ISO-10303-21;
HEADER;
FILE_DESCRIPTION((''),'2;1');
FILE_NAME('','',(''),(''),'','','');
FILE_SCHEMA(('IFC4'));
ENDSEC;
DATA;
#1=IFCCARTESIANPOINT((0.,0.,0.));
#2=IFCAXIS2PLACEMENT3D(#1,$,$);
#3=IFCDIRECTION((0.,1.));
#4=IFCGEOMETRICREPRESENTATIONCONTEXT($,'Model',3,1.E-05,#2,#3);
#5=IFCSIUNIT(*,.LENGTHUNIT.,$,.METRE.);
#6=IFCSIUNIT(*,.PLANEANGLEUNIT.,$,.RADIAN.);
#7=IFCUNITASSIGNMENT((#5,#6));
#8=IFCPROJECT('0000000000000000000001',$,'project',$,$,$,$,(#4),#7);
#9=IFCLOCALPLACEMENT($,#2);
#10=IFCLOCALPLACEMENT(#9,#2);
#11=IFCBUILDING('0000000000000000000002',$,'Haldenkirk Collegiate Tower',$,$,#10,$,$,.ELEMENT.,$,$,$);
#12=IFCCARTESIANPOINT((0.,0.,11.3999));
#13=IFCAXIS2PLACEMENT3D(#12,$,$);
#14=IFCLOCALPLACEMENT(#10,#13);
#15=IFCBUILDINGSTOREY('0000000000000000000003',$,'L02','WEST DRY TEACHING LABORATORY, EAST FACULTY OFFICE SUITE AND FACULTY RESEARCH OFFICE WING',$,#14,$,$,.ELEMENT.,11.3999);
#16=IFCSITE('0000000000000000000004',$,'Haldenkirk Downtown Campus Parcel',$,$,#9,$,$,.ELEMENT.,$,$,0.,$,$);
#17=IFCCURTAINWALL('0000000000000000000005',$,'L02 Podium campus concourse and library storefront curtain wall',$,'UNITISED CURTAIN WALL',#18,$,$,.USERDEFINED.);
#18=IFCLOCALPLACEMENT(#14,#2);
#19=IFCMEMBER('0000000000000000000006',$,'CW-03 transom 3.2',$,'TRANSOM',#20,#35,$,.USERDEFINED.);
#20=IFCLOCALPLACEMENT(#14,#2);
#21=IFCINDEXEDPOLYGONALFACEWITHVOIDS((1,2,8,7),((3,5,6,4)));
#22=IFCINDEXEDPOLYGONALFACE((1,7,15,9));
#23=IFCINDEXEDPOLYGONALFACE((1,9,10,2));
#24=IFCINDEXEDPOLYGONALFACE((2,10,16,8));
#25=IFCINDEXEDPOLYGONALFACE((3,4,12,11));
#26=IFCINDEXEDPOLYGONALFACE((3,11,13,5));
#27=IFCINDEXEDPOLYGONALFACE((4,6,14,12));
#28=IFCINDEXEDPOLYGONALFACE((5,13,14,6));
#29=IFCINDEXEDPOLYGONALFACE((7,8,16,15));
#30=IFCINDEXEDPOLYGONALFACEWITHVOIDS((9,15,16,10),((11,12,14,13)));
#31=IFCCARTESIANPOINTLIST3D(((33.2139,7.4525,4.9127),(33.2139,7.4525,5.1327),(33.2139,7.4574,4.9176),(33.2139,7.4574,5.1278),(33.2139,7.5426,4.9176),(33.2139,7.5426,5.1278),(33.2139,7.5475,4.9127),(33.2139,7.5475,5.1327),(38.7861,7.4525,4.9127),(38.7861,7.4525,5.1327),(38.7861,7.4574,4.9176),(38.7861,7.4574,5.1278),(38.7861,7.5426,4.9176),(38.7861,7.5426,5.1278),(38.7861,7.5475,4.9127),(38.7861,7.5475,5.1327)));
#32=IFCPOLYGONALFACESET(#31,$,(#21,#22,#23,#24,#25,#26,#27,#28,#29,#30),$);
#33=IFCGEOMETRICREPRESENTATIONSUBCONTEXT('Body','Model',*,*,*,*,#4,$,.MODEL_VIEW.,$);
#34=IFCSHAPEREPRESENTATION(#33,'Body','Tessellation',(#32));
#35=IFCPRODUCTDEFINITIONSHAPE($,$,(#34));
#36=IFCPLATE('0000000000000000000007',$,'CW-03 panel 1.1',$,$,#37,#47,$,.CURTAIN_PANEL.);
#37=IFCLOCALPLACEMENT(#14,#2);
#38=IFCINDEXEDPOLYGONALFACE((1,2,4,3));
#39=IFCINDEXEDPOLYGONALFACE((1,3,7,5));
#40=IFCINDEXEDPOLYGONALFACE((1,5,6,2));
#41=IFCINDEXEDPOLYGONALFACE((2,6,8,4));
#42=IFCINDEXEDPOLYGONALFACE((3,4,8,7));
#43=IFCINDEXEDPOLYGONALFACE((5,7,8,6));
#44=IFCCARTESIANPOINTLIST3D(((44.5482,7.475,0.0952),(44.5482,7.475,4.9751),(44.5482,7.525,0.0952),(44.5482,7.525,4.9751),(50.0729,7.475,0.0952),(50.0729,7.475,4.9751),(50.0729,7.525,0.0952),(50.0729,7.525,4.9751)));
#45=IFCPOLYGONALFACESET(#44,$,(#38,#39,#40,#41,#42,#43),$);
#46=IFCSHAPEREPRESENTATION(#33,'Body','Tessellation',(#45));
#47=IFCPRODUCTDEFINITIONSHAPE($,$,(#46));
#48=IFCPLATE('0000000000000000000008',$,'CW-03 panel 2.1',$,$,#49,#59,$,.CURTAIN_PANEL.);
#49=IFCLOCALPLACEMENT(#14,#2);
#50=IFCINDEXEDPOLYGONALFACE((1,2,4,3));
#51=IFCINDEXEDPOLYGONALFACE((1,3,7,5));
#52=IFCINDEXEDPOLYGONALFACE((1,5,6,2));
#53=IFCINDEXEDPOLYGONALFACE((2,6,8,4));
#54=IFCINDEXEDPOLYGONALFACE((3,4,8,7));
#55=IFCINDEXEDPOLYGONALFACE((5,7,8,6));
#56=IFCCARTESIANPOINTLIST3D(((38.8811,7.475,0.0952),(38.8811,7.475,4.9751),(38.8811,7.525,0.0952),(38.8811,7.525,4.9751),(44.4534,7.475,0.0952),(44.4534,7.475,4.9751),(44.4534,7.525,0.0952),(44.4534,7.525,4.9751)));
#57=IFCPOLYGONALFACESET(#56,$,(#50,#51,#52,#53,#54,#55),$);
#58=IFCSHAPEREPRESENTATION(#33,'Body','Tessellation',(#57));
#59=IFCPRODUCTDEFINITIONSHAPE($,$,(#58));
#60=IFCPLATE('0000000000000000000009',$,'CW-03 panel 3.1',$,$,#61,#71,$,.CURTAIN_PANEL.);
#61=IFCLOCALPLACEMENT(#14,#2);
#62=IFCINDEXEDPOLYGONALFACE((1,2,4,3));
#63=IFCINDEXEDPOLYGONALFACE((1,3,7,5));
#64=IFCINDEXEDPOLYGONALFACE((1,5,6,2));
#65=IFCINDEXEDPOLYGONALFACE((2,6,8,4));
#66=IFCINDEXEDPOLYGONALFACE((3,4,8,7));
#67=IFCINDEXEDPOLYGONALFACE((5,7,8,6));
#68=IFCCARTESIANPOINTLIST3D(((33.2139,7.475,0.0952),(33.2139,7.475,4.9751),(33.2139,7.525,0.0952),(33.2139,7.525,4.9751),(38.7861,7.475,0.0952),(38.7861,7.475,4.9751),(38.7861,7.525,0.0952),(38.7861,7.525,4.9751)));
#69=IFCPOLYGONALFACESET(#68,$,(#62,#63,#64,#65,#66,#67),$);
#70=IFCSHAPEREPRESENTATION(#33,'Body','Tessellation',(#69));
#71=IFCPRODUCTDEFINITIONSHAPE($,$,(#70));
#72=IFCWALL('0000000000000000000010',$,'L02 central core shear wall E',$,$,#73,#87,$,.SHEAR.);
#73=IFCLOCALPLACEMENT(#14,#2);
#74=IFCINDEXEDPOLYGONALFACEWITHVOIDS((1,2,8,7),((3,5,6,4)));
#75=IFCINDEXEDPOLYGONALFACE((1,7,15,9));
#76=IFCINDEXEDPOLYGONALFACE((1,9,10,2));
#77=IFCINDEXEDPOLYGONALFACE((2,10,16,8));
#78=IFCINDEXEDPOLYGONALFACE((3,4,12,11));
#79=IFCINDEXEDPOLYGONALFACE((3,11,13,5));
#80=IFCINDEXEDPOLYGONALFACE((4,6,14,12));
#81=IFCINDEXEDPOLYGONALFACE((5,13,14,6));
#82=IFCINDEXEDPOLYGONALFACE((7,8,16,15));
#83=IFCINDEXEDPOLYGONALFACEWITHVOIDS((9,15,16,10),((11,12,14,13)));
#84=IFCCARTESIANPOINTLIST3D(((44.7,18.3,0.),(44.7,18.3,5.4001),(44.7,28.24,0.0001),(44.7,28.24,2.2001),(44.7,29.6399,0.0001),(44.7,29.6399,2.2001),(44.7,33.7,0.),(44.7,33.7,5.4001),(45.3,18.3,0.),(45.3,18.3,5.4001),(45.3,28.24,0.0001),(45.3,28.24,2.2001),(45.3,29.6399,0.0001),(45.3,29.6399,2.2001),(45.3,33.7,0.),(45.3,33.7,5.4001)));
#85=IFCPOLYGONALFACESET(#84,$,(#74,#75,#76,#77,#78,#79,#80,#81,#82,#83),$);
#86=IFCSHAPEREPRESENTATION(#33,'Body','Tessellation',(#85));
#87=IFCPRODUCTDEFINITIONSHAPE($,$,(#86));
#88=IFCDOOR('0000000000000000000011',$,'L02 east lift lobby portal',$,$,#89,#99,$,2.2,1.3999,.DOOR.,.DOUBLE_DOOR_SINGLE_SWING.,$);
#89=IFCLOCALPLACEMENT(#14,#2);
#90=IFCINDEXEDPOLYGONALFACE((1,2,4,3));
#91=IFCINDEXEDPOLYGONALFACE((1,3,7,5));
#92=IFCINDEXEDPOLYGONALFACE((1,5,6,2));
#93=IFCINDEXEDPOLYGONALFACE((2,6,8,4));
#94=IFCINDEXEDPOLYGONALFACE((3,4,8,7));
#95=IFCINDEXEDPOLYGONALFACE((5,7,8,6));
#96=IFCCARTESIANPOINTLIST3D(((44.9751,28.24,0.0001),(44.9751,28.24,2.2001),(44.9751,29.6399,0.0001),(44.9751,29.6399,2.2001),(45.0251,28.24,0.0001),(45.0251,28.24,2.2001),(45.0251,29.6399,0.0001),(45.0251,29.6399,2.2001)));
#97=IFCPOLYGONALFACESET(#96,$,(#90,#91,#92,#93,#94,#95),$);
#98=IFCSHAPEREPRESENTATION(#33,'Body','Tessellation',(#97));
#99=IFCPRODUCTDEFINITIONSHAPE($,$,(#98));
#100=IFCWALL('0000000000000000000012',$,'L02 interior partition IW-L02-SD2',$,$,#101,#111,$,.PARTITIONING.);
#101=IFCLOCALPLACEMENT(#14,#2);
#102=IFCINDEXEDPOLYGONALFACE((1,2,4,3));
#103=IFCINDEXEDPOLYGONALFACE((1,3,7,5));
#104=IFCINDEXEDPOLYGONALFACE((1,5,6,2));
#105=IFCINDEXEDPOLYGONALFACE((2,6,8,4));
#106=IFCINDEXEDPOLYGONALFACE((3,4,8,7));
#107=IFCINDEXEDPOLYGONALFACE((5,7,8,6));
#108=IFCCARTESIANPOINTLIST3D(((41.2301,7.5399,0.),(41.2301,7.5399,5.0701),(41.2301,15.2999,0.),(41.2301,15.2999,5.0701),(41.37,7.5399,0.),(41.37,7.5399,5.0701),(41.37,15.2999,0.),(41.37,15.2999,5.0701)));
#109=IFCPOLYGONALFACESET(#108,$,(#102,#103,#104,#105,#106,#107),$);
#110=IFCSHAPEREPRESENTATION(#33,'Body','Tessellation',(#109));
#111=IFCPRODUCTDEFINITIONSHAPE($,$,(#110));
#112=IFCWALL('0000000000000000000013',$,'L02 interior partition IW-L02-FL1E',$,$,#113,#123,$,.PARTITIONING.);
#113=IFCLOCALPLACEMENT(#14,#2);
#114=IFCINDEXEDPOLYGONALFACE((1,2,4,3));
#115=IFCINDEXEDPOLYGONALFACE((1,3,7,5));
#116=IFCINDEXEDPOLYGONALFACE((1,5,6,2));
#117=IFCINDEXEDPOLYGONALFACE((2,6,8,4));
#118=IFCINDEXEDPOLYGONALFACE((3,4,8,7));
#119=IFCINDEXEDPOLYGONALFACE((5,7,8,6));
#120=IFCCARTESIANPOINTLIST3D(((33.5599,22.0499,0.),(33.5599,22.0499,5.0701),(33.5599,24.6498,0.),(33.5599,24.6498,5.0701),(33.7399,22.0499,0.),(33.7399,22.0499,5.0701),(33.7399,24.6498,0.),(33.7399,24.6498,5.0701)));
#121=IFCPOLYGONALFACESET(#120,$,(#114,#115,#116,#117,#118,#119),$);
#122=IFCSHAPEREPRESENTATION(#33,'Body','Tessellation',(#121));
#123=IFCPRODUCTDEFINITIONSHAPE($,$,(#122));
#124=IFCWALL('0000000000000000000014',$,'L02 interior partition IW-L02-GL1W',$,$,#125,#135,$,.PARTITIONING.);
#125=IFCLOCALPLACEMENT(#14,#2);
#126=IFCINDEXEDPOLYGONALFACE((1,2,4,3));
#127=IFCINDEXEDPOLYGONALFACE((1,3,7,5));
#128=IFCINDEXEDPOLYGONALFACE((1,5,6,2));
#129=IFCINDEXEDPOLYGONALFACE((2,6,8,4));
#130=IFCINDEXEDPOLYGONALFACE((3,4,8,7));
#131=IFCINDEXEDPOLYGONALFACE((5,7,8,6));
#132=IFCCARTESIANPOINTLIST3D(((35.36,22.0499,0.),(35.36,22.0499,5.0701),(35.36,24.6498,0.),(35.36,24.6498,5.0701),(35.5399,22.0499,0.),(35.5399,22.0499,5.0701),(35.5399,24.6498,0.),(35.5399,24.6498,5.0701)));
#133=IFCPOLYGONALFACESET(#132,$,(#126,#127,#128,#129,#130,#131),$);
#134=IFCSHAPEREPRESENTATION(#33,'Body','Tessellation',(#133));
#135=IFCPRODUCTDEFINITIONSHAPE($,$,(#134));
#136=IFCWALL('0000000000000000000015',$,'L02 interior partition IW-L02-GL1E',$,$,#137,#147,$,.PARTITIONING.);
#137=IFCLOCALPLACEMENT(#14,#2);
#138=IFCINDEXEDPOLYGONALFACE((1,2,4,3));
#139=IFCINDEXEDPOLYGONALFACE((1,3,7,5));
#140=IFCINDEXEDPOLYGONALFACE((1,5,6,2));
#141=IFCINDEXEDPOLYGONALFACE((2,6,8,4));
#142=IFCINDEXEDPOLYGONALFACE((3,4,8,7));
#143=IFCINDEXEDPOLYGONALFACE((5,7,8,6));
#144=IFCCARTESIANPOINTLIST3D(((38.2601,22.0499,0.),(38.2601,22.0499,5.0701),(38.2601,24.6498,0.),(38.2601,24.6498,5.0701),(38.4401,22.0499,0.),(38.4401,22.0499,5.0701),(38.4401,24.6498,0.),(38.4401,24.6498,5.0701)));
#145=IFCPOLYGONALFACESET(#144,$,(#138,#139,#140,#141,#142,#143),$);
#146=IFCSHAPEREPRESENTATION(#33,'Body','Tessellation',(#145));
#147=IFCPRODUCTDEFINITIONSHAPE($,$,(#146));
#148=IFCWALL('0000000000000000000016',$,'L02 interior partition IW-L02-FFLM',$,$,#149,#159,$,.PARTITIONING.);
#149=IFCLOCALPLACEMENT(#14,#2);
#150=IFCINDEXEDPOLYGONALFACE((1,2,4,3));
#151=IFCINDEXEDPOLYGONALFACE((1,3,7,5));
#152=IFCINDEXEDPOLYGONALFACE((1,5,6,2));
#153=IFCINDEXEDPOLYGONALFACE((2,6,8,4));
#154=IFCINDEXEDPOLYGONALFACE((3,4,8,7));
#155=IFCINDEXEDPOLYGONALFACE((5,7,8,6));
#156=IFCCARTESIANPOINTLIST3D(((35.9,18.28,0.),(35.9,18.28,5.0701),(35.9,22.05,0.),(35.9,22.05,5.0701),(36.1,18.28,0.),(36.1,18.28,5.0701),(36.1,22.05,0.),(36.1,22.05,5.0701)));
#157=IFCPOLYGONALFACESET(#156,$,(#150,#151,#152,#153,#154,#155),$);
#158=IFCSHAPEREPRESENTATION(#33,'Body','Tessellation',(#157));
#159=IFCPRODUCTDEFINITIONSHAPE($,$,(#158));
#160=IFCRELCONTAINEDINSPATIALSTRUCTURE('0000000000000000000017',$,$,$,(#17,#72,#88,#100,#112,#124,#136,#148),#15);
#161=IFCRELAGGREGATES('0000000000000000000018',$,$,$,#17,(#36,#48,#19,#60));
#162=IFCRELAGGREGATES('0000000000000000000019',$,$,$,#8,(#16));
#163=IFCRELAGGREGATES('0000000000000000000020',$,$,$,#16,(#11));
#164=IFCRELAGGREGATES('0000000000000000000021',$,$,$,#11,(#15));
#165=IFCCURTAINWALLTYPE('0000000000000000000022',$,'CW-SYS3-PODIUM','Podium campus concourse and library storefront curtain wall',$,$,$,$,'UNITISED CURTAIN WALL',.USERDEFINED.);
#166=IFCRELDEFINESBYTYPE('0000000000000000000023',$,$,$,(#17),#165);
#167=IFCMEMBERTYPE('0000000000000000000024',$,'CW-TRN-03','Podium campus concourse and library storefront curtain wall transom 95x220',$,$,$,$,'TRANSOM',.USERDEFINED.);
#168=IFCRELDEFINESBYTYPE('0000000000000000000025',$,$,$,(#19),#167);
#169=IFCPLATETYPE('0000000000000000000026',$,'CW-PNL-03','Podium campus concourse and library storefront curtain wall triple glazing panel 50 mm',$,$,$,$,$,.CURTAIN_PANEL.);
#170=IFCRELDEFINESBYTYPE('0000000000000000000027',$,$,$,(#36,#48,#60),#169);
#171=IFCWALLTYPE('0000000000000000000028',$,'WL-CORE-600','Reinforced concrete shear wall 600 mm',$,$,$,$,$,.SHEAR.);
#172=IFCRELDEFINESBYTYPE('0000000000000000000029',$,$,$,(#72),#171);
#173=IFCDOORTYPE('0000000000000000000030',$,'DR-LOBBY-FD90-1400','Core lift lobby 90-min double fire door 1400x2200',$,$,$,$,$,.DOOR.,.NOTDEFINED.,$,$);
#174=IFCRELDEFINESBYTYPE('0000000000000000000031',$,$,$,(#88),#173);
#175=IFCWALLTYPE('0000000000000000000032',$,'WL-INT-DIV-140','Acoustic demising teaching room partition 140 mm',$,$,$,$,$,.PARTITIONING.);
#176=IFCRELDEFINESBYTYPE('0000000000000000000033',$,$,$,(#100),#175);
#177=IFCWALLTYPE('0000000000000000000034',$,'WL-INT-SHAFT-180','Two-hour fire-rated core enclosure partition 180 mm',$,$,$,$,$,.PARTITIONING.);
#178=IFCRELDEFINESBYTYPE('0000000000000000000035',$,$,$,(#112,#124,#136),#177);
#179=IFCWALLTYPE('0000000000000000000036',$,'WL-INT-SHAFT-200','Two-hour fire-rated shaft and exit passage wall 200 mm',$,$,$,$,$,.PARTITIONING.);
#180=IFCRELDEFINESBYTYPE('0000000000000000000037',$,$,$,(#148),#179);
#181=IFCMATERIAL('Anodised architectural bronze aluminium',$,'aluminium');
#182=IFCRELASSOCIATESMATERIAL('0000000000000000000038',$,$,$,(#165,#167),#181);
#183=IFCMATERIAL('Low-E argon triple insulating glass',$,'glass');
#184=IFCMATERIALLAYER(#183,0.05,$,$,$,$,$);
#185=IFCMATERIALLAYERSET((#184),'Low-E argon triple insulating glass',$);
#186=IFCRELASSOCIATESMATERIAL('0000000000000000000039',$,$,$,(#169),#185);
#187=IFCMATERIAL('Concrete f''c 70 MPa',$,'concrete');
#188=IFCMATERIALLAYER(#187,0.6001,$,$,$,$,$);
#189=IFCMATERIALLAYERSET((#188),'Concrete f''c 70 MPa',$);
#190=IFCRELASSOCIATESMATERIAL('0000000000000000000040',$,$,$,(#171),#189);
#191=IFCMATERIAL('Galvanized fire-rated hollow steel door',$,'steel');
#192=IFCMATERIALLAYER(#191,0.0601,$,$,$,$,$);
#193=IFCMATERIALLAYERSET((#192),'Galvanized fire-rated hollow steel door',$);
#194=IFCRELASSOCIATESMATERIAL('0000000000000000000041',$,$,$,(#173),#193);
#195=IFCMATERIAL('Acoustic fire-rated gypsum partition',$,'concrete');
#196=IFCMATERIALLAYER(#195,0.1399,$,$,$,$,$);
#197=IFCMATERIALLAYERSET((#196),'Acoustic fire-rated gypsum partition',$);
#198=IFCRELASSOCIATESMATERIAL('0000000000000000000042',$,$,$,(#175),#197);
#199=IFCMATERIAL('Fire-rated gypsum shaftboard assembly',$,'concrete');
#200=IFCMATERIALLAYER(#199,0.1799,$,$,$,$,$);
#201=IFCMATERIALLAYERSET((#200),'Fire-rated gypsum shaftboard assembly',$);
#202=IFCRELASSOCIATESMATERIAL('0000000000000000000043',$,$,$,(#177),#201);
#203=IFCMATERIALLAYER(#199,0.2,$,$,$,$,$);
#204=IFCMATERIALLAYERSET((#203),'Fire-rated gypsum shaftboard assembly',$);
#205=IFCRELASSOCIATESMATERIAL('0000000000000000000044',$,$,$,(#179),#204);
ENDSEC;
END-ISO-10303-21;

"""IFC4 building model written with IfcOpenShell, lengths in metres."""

from ifc_helpers import new_model, si_unit, direction, frame, frame_2d, origin, origin_2d, place, context, subcontext, project, spatial, rectangle, hollow_rectangle, extrude, source, transform, mapped, material, layer, layer_set, material_profile, profile_set, type_object, element, fill, aggregate, save


model = new_model("IFC4")

# Units and contexts
model_context = context("Model", 3, precision=1e-05, world=origin(), true_north=direction((0.0, 1.0)))
body_context = subcontext(model_context, "Body", "Model", "MODEL_VIEW")
ifc_project = project(units=[si_unit("LENGTHUNIT", "METRE"), si_unit("PLANEANGLEUNIT", "RADIAN")], contexts=[model_context])

# Site, building, storey
site_placement = place(None, origin())
site = spatial("IfcSite", under=ifc_project, at=site_placement, Name="Haldenkirk Downtown Campus Parcel", CompositionType="ELEMENT", RefElevation=0.0)
building_placement = place(site_placement, origin())
building = spatial("IfcBuilding", under=site, at=building_placement, Name="Haldenkirk Collegiate Tower", CompositionType="ELEMENT")
storey_placement = place(building_placement, frame((0.0, 0.0, 11.3999)))
storey = spatial("IfcBuildingStorey", under=building, at=storey_placement, Name="L02", Description="WEST DRY TEACHING LABORATORY, EAST FACULTY OFFICE SUITE AND FACULTY RESEARCH OFFICE WING", CompositionType="ELEMENT", Elevation=11.3999)

# Curtain wall, member, plates
ifc_material_1 = material(Name="Anodised architectural bronze aluminium", Category="aluminium")
curtain_wall_type = type_object("IfcCurtainWallType", Name="CW-SYS3-PODIUM", Description="Podium campus concourse and library storefront curtain wall", ElementType="UNITISED CURTAIN WALL", PredefinedType="USERDEFINED", material=ifc_material_1)
curtain_wall_placement = place(storey_placement, origin())
curtain_wall = element("IfcCurtainWall", 1, at=curtain_wall_placement, inside=storey, type_object=curtain_wall_type, Name="L02 Podium campus concourse and library storefront curtain wall", ObjectType="UNITISED CURTAIN WALL", PredefinedType="USERDEFINED")
ifc_material_profile_1 = material_profile(ifc_material_1, hollow_rectangle(XDim=0.095, YDim=0.22, WallThickness=0.0049, at=origin_2d()), Name="CW-TRN-03")
ifc_profile_set_1 = profile_set([ifc_material_profile_1], Name="Anodised architectural bronze aluminium")
member_type_1 = type_object("IfcMemberType", Name="CW-TRN-03", Description="Podium campus concourse and library storefront curtain wall transom 95x220", ElementType="TRANSOM", PredefinedType="USERDEFINED", material=ifc_profile_set_1)
member_1_placement = place(storey_placement, frame((38.7861, 7.5, 5.0227), z_axis=(-1.0, 0.0, 0.0), x_axis=(0.0, -1.0, 0.0)))
member_1 = element("IfcMember", 2, at=member_1_placement, type_object=member_type_1, Name="CW-03 transom 3.2", ObjectType="TRANSOM", PredefinedType="USERDEFINED", context=body_context, shape_type="SweptSolid", body=[
    extrude(hollow_rectangle(XDim=0.095, YDim=0.22, WallThickness=0.0049, at=origin_2d()), origin(), (0.0, 0.0, 1.0), 5.5723),
])
ifc_material_2 = material(Name="Low-E argon triple insulating glass", Category="glass")
ifc_layer_1 = layer(ifc_material_2, 0.05)
ifc_layer_set_1 = layer_set([ifc_layer_1], Name="Low-E argon triple insulating glass")
plate_type = type_object("IfcPlateType", Name="CW-PNL-03", Description="Podium campus concourse and library storefront curtain wall triple glazing panel 50 mm", PredefinedType="CURTAIN_PANEL", material=ifc_layer_set_1)
shared_shape_1 = source(origin(), body_context, "Body", "SweptSolid", [
    extrude(rectangle(XDim=5.5247, YDim=0.05, at=origin_2d()), origin(), (0.0, 0.0, 1.0), 4.8799),
])
plate_1_placement = place(storey_placement, frame((47.3105, 7.5, 0.0952), z_axis=(0.0, 0.0, 1.0), x_axis=(-1.0, 0.0, 0.0)))
plate_1 = element("IfcPlate", 3, at=plate_1_placement, type_object=plate_type, Name="CW-03 panel 1.1", PredefinedType="CURTAIN_PANEL", context=body_context, shape_type="MappedRepresentation", body=[
    mapped(shared_shape_1, transform((0.0, 0.0, 0.0), x_axis=(1.0, 0.0, 0.0), y_axis=(0.0, 1.0, 0.0), z_axis=(0.0, 0.0, 1.0), scale=1.0)),
])
shared_shape_2 = source(origin(), body_context, "Body", "SweptSolid", [
    extrude(rectangle(XDim=5.5723, YDim=0.05, at=origin_2d()), origin(), (0.0, 0.0, 1.0), 4.8799),
])
plate_2_placement = place(storey_placement, frame((41.6672, 7.5, 0.0952), z_axis=(0.0, 0.0, 1.0), x_axis=(-1.0, 0.0, 0.0)))
plate_2 = element("IfcPlate", 4, at=plate_2_placement, type_object=plate_type, Name="CW-03 panel 2.1", PredefinedType="CURTAIN_PANEL", context=body_context, shape_type="MappedRepresentation", body=[
    mapped(shared_shape_2, transform((0.0, 0.0, 0.0), x_axis=(1.0, 0.0, 0.0), y_axis=(0.0, 1.0, 0.0), z_axis=(0.0, 0.0, 1.0), scale=1.0)),
])
plate_3_placement = place(storey_placement, frame((36.0, 7.5, 0.0952), z_axis=(0.0, 0.0, 1.0), x_axis=(-1.0, 0.0, 0.0)))
plate_3 = element("IfcPlate", 5, at=plate_3_placement, type_object=plate_type, Name="CW-03 panel 3.1", PredefinedType="CURTAIN_PANEL", context=body_context, shape_type="MappedRepresentation", body=[
    mapped(shared_shape_2, transform((0.0, 0.0, 0.0), x_axis=(1.0, 0.0, 0.0), y_axis=(0.0, 1.0, 0.0), z_axis=(0.0, 0.0, 1.0), scale=1.0)),
])
aggregate(curtain_wall, [plate_1, plate_2, member_1, plate_3])

# Wall, opening, door
ifc_material_3 = material(Name="Concrete f'c 70 MPa", Category="concrete")
ifc_layer_2 = layer(ifc_material_3, 0.6001)
ifc_layer_set_2 = layer_set([ifc_layer_2], Name="Concrete f'c 70 MPa")
wall_type_1 = type_object("IfcWallType", Name="WL-CORE-600", Description="Reinforced concrete shear wall 600 mm", PredefinedType="SHEAR", material=ifc_layer_set_2)
wall_1_placement = place(storey_placement, frame((45.0, 18.3, 0.0), z_axis=(0.0, 0.0, 1.0), x_axis=(0.0, 1.0, 0.0)))
wall_1 = element("IfcWall", 6, at=wall_1_placement, inside=storey, type_object=wall_type_1, Name="L02 central core shear wall E", PredefinedType="SHEAR", context=body_context, shape_type="SweptSolid", body=[
    extrude(rectangle(XDim=15.3999, YDim=0.6001, at=frame_2d((7.7, 0.0))), origin(), (0.0, 0.0, 1.0), 5.4001),
])
opening_1_placement = place(wall_1_placement, frame((9.9399, 0.0, 0.0)))
opening_1 = element("IfcOpeningElement", 7, at=opening_1_placement, cuts=wall_1, PredefinedType="OPENING", context=body_context, shape_type="SweptSolid", body=[
    extrude(rectangle(XDim=1.3999, YDim=2.2, at=frame_2d((0.7, 1.1001))), frame((0.0, 0.3101, 0.0), z_axis=(0.0, -1.0, 0.0), x_axis=(1.0, 0.0, 0.0)), (0.0, 0.0, 1.0), 0.6201),
])
ifc_material_4 = material(Name="Galvanized fire-rated hollow steel door", Category="steel")
ifc_layer_3 = layer(ifc_material_4, 0.0601)
ifc_layer_set_3 = layer_set([ifc_layer_3], Name="Galvanized fire-rated hollow steel door")
door_type_1 = type_object("IfcDoorType", Name="DR-LOBBY-FD90-1400", Description="Core lift lobby 90-min double fire door 1400x2200", OperationType="NOTDEFINED", PredefinedType="DOOR", material=ifc_layer_set_3)
door_1_placement = place(opening_1_placement, origin())
door_1 = element("IfcDoor", 8, at=door_1_placement, inside=storey, type_object=door_type_1, Name="L02 east lift lobby portal", OperationType="DOUBLE_DOOR_SINGLE_SWING", OverallHeight=2.2, OverallWidth=1.3999, PredefinedType="DOOR", context=body_context, shape_type="SweptSolid", body=[
    extrude(rectangle(XDim=1.3999, YDim=2.2, at=frame_2d((0.7, 1.1001))), frame((0.0, 0.0249, 0.0), z_axis=(0.0, -1.0, 0.0), x_axis=(1.0, 0.0, 0.0)), (0.0, 0.0, 1.0), 0.05),
])
fill(opening_1, door_1)

# Walls
ifc_material_5 = material(Name="Acoustic fire-rated gypsum partition", Category="concrete")
ifc_layer_4 = layer(ifc_material_5, 0.1399)
ifc_layer_set_4 = layer_set([ifc_layer_4], Name="Acoustic fire-rated gypsum partition")
wall_type_2 = type_object("IfcWallType", Name="WL-INT-DIV-140", Description="Acoustic demising teaching room partition 140 mm", PredefinedType="PARTITIONING", material=ifc_layer_set_4)
wall_2_placement = place(storey_placement, frame((41.3, 7.54, 0.0), z_axis=(0.0, 0.0, 1.0), x_axis=(0.0, 1.0, 0.0)))
element("IfcWall", 9, at=wall_2_placement, inside=storey, type_object=wall_type_2, Name="L02 interior partition IW-L02-SD2", PredefinedType="PARTITIONING", context=body_context, shape_type="SweptSolid", body=[
    extrude(rectangle(XDim=7.76, YDim=0.1399, at=frame_2d((3.8799, 0.0))), origin(), (0.0, 0.0, 1.0), 5.0701),
])
ifc_material_6 = material(Name="Fire-rated gypsum shaftboard assembly", Category="concrete")
ifc_layer_5 = layer(ifc_material_6, 0.1799)
ifc_layer_set_5 = layer_set([ifc_layer_5], Name="Fire-rated gypsum shaftboard assembly")
wall_type_3 = type_object("IfcWallType", Name="WL-INT-SHAFT-180", Description="Two-hour fire-rated core enclosure partition 180 mm", PredefinedType="PARTITIONING", material=ifc_layer_set_5)
for number, where, z_axis, x_axis, name in (
    (10, (33.6499, 22.05, 0.0), (0.0, 0.0, 1.0), (0.0, 1.0, 0.0), "L02 interior partition IW-L02-FL1E"),
    (11, (35.45, 22.05, 0.0), (0.0, 0.0, 1.0), (0.0, 1.0, 0.0), "L02 interior partition IW-L02-GL1W"),
    (12, (38.3501, 22.05, 0.0), (0.0, 0.0, 1.0), (0.0, 1.0, 0.0), "L02 interior partition IW-L02-GL1E"),
):
    element("IfcWall", number, at=place(storey_placement, frame(where, z_axis=z_axis, x_axis=x_axis)), inside=storey, type_object=wall_type_3, Name=name, PredefinedType="PARTITIONING", context=body_context, shape_type="SweptSolid", body=[
        extrude(rectangle(XDim=2.5999, YDim=0.1799, at=frame_2d((1.2998, 0.0))), origin(), (0.0, 0.0, 1.0), 5.0701),
    ])
ifc_layer_6 = layer(ifc_material_6, 0.2)
ifc_layer_set_6 = layer_set([ifc_layer_6], Name="Fire-rated gypsum shaftboard assembly")
wall_type_4 = type_object("IfcWallType", Name="WL-INT-SHAFT-200", Description="Two-hour fire-rated shaft and exit passage wall 200 mm", PredefinedType="PARTITIONING", material=ifc_layer_set_6)
wall_3_placement = place(storey_placement, frame((36.0, 18.28, 0.0), z_axis=(0.0, 0.0, 1.0), x_axis=(0.0, 1.0, 0.0)))
element("IfcWall", 13, at=wall_3_placement, inside=storey, type_object=wall_type_4, Name="L02 interior partition IW-L02-FFLM", PredefinedType="PARTITIONING", context=body_context, shape_type="SweptSolid", body=[
    extrude(rectangle(XDim=3.77, YDim=0.2, at=frame_2d((1.885, 0.0))), origin(), (0.0, 0.0, 1.0), 5.0701),
])

save(model, "model.ifc")
